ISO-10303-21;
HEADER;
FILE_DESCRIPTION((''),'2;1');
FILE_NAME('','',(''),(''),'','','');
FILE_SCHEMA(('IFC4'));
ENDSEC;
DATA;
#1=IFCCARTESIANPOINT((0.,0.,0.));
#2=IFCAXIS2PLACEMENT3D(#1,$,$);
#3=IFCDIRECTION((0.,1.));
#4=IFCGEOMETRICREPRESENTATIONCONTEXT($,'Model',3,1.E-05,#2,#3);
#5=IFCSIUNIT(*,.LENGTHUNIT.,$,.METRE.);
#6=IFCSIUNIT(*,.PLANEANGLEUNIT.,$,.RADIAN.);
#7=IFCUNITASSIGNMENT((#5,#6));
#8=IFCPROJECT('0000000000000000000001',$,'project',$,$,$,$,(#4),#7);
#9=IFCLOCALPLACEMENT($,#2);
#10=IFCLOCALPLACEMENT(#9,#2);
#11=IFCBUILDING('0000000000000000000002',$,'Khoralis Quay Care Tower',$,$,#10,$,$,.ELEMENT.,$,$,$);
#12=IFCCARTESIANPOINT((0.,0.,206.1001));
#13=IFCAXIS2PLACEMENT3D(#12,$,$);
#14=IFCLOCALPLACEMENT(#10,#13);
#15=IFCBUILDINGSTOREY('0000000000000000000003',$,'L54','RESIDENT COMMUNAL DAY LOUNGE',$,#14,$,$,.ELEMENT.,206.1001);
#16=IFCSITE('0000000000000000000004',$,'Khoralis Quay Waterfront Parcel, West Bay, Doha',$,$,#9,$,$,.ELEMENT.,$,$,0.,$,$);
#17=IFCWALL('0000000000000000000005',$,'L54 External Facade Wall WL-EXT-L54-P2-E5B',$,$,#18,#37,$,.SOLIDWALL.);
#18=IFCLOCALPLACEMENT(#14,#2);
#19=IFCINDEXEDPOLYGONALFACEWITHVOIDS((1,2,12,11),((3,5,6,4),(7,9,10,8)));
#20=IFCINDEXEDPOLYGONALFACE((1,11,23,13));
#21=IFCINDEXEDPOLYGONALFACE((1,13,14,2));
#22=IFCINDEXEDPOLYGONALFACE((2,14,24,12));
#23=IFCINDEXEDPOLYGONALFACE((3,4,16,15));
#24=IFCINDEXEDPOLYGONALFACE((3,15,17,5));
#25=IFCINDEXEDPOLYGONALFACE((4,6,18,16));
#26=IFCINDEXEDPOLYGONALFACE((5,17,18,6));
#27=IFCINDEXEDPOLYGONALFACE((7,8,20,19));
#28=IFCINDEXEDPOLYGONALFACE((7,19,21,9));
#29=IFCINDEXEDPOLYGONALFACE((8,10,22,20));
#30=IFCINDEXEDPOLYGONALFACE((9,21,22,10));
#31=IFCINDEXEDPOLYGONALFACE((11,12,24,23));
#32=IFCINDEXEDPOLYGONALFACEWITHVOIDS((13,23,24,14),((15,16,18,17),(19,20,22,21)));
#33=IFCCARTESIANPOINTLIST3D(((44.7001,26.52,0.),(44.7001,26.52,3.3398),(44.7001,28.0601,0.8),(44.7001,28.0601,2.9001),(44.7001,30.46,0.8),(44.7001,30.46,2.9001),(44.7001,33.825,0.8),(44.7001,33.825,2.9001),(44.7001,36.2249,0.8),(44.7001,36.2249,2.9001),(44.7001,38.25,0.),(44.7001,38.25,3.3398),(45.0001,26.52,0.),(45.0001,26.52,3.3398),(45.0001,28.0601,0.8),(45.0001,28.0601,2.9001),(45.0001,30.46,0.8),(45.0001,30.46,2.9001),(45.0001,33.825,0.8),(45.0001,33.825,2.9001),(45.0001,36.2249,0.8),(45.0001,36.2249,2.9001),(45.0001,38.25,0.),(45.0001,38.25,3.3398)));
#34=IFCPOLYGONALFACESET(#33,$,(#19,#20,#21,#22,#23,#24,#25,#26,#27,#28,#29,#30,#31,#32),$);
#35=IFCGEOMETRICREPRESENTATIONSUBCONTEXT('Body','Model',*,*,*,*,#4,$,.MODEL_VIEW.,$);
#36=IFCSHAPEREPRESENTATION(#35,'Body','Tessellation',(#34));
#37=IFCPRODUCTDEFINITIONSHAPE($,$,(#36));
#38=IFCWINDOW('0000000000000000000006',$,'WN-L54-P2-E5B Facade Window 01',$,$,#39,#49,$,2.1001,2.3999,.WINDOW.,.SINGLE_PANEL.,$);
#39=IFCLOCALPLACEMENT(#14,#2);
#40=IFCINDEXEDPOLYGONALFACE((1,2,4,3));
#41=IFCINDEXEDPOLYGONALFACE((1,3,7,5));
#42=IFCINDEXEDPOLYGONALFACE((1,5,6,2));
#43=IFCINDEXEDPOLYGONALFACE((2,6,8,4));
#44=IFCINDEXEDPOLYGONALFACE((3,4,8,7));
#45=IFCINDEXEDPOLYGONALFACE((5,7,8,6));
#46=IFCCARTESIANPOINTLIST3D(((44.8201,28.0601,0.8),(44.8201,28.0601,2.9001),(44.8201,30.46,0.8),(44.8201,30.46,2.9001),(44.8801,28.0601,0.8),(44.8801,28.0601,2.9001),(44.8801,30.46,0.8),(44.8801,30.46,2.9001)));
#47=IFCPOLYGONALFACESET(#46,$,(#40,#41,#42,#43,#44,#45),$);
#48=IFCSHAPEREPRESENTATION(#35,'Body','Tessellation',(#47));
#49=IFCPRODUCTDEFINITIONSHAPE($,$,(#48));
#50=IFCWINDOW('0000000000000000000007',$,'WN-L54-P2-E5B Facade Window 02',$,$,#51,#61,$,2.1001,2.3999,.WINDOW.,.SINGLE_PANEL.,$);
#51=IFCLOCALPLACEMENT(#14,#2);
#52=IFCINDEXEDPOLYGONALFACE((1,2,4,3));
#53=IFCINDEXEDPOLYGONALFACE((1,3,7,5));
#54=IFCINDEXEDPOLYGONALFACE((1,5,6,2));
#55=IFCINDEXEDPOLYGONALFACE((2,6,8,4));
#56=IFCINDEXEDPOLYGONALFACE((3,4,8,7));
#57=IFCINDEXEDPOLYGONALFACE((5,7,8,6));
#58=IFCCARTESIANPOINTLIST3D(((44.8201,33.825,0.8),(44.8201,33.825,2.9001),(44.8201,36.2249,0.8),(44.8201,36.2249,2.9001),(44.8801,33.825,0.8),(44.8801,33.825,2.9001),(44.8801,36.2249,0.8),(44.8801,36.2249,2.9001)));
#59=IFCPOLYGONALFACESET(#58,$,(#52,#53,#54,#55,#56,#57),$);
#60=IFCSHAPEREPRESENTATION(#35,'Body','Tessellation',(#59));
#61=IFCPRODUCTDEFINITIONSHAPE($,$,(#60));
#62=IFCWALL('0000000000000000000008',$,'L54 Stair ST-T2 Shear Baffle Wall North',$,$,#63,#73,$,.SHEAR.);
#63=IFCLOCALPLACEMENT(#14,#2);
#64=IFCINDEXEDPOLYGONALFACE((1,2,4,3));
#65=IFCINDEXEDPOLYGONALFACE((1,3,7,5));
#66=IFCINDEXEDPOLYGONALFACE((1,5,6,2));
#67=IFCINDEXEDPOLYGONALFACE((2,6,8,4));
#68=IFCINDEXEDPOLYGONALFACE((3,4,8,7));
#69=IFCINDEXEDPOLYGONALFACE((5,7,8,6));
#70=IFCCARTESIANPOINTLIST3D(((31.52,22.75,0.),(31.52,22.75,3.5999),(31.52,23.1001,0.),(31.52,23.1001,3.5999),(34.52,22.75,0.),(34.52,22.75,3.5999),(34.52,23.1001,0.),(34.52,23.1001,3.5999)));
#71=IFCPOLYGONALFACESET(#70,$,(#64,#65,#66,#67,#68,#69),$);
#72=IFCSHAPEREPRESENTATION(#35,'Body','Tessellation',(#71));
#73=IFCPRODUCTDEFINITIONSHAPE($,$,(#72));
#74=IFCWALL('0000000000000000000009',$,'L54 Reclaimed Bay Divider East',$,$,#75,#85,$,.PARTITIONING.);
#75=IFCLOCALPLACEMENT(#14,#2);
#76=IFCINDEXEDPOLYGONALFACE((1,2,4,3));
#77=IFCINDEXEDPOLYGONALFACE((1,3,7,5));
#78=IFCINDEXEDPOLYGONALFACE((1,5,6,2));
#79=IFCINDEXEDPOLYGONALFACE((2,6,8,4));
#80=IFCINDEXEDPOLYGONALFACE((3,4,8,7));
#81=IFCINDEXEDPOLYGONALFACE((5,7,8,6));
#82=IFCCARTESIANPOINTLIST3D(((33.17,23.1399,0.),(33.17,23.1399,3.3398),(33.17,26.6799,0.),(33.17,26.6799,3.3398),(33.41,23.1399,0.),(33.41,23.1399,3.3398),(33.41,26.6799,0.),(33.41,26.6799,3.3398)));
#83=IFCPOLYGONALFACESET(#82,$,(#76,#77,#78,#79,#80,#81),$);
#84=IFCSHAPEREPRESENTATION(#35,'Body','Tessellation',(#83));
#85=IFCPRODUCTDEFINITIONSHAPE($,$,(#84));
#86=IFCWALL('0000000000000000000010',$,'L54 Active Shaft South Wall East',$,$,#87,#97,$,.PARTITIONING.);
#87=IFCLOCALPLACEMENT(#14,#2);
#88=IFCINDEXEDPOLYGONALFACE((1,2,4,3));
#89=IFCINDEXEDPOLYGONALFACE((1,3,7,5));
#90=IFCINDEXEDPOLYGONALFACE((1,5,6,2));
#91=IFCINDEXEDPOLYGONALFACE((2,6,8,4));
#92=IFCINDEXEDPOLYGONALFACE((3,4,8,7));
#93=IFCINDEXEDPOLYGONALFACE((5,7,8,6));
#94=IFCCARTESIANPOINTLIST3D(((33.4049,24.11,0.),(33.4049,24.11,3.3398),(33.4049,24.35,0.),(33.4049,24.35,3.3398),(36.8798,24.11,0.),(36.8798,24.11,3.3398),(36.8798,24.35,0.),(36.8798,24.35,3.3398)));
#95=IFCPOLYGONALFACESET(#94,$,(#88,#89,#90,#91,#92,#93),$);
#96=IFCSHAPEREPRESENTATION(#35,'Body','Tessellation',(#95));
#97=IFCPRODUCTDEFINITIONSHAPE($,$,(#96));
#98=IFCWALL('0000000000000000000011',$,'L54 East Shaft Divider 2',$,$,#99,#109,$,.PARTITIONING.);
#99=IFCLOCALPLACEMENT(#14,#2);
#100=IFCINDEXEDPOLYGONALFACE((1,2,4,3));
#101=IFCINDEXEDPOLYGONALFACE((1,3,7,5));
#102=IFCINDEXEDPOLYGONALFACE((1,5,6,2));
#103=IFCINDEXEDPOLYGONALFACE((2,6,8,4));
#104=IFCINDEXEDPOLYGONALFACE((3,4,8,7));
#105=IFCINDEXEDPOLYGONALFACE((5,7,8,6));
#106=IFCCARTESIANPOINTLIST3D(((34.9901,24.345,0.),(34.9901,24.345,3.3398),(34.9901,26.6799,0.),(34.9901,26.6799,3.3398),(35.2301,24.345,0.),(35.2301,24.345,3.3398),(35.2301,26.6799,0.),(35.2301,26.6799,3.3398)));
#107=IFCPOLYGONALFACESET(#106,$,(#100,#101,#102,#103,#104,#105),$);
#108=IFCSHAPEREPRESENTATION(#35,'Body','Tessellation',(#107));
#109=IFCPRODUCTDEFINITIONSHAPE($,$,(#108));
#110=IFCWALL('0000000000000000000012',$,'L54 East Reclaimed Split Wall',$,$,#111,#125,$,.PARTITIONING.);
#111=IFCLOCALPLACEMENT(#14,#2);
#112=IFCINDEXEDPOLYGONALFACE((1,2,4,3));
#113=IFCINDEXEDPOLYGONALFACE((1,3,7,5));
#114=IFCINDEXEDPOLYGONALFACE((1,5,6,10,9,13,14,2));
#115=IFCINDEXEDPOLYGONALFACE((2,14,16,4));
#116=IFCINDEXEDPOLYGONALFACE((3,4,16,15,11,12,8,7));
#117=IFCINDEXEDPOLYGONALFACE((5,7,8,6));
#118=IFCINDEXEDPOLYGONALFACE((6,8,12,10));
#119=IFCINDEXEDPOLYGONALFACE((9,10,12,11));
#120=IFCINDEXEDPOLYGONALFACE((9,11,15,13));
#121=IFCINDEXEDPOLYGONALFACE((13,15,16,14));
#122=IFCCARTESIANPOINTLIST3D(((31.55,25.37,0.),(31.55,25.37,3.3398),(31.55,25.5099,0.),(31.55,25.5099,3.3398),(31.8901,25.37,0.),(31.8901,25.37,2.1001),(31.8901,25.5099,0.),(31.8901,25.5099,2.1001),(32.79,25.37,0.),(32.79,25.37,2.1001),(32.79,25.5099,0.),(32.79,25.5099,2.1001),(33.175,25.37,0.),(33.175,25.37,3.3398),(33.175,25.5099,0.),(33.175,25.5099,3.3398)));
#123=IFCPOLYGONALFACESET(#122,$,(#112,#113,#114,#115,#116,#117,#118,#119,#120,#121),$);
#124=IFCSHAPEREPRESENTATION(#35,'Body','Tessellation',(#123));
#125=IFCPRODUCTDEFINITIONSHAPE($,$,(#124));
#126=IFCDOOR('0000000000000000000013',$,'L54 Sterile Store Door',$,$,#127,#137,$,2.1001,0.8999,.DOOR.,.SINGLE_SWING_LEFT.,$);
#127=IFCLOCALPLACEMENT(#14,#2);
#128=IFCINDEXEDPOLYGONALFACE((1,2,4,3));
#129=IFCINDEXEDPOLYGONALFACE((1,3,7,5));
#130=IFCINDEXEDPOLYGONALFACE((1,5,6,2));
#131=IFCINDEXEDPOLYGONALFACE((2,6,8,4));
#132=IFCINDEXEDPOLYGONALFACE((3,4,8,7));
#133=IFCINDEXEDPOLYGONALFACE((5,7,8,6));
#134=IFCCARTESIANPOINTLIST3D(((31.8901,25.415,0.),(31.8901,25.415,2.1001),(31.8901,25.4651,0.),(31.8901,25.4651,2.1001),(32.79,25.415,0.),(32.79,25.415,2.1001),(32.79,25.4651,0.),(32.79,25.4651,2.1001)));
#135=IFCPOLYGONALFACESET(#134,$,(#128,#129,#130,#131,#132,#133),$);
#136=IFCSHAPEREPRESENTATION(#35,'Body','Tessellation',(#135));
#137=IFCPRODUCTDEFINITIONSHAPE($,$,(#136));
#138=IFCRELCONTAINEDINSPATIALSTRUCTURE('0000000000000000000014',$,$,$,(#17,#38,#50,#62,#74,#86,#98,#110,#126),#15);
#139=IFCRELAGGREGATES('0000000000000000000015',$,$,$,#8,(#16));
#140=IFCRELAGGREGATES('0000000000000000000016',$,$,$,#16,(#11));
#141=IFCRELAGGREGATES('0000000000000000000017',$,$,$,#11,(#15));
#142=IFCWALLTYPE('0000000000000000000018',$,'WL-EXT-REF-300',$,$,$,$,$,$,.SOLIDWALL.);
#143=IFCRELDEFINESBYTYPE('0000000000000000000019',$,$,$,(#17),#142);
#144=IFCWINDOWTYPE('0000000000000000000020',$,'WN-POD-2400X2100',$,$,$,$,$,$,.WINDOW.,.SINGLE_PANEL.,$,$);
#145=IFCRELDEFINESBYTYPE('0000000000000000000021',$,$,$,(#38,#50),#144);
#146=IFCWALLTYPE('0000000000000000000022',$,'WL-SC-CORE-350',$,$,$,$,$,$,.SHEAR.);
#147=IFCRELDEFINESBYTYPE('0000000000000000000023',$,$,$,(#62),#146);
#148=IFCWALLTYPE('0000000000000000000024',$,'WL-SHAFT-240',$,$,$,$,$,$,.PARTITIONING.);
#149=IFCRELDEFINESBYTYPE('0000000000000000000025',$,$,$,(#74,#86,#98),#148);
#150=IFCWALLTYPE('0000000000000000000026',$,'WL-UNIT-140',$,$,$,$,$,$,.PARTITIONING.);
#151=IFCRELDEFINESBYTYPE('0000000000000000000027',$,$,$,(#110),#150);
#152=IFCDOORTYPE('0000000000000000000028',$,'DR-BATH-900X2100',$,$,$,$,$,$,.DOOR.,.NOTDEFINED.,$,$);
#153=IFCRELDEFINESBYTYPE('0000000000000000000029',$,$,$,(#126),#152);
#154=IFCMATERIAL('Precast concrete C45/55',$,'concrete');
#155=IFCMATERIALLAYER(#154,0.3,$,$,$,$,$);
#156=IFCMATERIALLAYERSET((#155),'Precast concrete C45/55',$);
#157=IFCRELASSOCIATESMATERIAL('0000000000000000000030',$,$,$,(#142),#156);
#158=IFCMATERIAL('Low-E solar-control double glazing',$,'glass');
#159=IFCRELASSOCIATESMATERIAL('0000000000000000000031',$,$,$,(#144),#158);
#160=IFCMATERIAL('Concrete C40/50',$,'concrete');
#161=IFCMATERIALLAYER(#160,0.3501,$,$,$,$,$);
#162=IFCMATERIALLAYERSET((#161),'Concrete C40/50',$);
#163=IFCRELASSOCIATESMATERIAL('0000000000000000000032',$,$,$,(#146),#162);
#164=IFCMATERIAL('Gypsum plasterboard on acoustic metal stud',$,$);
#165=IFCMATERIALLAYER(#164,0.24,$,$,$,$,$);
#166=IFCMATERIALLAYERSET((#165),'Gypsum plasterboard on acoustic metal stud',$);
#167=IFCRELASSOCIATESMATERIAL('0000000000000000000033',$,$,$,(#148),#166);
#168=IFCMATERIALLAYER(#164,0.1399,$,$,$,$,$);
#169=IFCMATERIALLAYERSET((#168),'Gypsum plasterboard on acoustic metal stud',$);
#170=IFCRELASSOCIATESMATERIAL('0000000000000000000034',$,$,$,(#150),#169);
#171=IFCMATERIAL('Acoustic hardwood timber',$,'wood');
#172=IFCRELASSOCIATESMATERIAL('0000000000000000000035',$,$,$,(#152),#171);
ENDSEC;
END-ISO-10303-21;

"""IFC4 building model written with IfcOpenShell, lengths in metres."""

from ifc_helpers import new_model, si_unit, direction, frame, frame_2d, origin, place, context, subcontext, project, spatial, rectangle, extrude, source, transform, mapped, material, layer, layer_set, type_object, element, fill, save


model = new_model("IFC4")

# Units and contexts
model_context = context("Model", 3, precision=1e-05, world=origin(), true_north=direction((0.0, 1.0)))
body_context = subcontext(model_context, "Body", "Model", "MODEL_VIEW")
ifc_project = project(units=[si_unit("LENGTHUNIT", "METRE"), si_unit("PLANEANGLEUNIT", "RADIAN")], contexts=[model_context])

# Site, building, storey
site_placement = place(None, origin())
site = spatial("IfcSite", under=ifc_project, at=site_placement, Name="Khoralis Quay Waterfront Parcel, West Bay, Doha", CompositionType="ELEMENT", RefElevation=0.0)
building_placement = place(site_placement, origin())
building = spatial("IfcBuilding", under=site, at=building_placement, Name="Khoralis Quay Care Tower", CompositionType="ELEMENT")
storey_placement = place(building_placement, frame((0.0, 0.0, 206.1001)))
storey = spatial("IfcBuildingStorey", under=building, at=storey_placement, Name="L54", Description="RESIDENT COMMUNAL DAY LOUNGE", CompositionType="ELEMENT", Elevation=206.1001)

# Shared definitions
ifc_material_1 = material(Name="Low-E solar-control double glazing", Category="glass")

# Shared definitions
ifc_material_2 = material(Name="Acoustic hardwood timber", Category="wood")

# Wall, openings, windows
ifc_material_3 = material(Name="Precast concrete C45/55", Category="concrete")
ifc_layer_1 = layer(ifc_material_3, 0.3)
ifc_layer_set_1 = layer_set([ifc_layer_1], Name="Precast concrete C45/55")
wall_type_1 = type_object("IfcWallType", Name="WL-EXT-REF-300", PredefinedType="SOLIDWALL", material=ifc_layer_set_1)
wall_1_placement = place(storey_placement, frame((44.8501, 26.52, 0.0), z_axis=(0.0, 0.0, 1.0), x_axis=(0.0, 1.0, 0.0)))
wall_1 = element("IfcWall", 1, at=wall_1_placement, inside=storey, type_object=wall_type_1, Name="L54 External Facade Wall WL-EXT-L54-P2-E5B", PredefinedType="SOLIDWALL", context=body_context, shape_type="SweptSolid", body=[
    extrude(rectangle(XDim=11.73, YDim=0.3, at=frame_2d((5.865, 0.0))), origin(), (0.0, 0.0, 1.0), 3.3398),
])
opening_1_placement = place(wall_1_placement, frame((1.54, 0.0, 0.8)))
opening_1 = element("IfcOpeningElement", 2, at=opening_1_placement, cuts=wall_1, PredefinedType="OPENING", context=body_context, shape_type="SweptSolid", body=[
    extrude(rectangle(XDim=2.3999, YDim=2.1001, at=frame_2d((1.2, 1.05))), frame((0.0, 0.1602, 0.0), z_axis=(0.0, -1.0, 0.0), x_axis=(1.0, 0.0, 0.0)), (0.0, 0.0, 1.0), 0.3201),
])
opening_2_placement = place(wall_1_placement, frame((7.3049, 0.0, 0.8)))
opening_2 = element("IfcOpeningElement", 3, at=opening_2_placement, cuts=wall_1, PredefinedType="OPENING", context=body_context, shape_type="SweptSolid", body=[
    extrude(rectangle(XDim=2.3999, YDim=2.1001, at=frame_2d((1.2, 1.05))), frame((0.0, 0.1602, 0.0), z_axis=(0.0, -1.0, 0.0), x_axis=(1.0, 0.0, 0.0)), (0.0, 0.0, 1.0), 0.3201),
])
window_type = type_object("IfcWindowType", Name="WN-POD-2400X2100", PartitioningType="SINGLE_PANEL", PredefinedType="WINDOW", material=ifc_material_1)
shared_shape_1 = source(origin(), body_context, "Body", "SweptSolid", [
    extrude(rectangle(XDim=2.3999, YDim=2.1001, at=frame_2d((1.2, 1.05))), frame((0.0, 0.03, 0.0), z_axis=(0.0, -1.0, 0.0), x_axis=(1.0, 0.0, 0.0)), (0.0, 0.0, 1.0), 0.0601),
])
window_1_placement = place(opening_1_placement, origin())
window_1 = element("IfcWindow", 4, at=window_1_placement, inside=storey, type_object=window_type, Name="WN-L54-P2-E5B Facade Window 01", OverallHeight=2.1001, OverallWidth=2.3999, PartitioningType="SINGLE_PANEL", PredefinedType="WINDOW", context=body_context, shape_type="MappedRepresentation", body=[
    mapped(shared_shape_1, transform((0.0, 0.0, 0.0), scale=1.0)),
])
fill(opening_1, window_1)
window_2_placement = place(opening_2_placement, origin())
window_2 = element("IfcWindow", 5, at=window_2_placement, inside=storey, type_object=window_type, Name="WN-L54-P2-E5B Facade Window 02", OverallHeight=2.1001, OverallWidth=2.3999, PartitioningType="SINGLE_PANEL", PredefinedType="WINDOW", context=body_context, shape_type="MappedRepresentation", body=[
    mapped(shared_shape_1, transform((0.0, 0.0, 0.0), scale=1.0)),
])
fill(opening_2, window_2)

# Walls
ifc_material_4 = material(Name="Concrete C40/50", Category="concrete")
ifc_layer_2 = layer(ifc_material_4, 0.3501)
ifc_layer_set_2 = layer_set([ifc_layer_2], Name="Concrete C40/50")
wall_type_2 = type_object("IfcWallType", Name="WL-SC-CORE-350", PredefinedType="SHEAR", material=ifc_layer_set_2)
wall_2_placement = place(storey_placement, frame((31.52, 22.925, 0.0), z_axis=(0.0, 0.0, 1.0), x_axis=(1.0, 0.0, 0.0)))
element("IfcWall", 6, at=wall_2_placement, inside=storey, type_object=wall_type_2, Name="L54 Stair ST-T2 Shear Baffle Wall North", PredefinedType="SHEAR", context=body_context, shape_type="SweptSolid", body=[
    extrude(rectangle(XDim=3.0, YDim=0.3501, at=frame_2d((1.5, 0.0))), origin(), (0.0, 0.0, 1.0), 3.5999),
])
ifc_material_5 = material(Name="Gypsum plasterboard on acoustic metal stud")
ifc_layer_3 = layer(ifc_material_5, 0.24)
ifc_layer_set_3 = layer_set([ifc_layer_3], Name="Gypsum plasterboard on acoustic metal stud")
wall_type_3 = type_object("IfcWallType", Name="WL-SHAFT-240", PredefinedType="PARTITIONING", material=ifc_layer_set_3)
wall_3_placement = place(storey_placement, frame((33.29, 23.1399, 0.0), z_axis=(0.0, 0.0, 1.0), x_axis=(0.0, 1.0, 0.0)))
element("IfcWall", 7, at=wall_3_placement, inside=storey, type_object=wall_type_3, Name="L54 Reclaimed Bay Divider East", PredefinedType="PARTITIONING", context=body_context, shape_type="SweptSolid", body=[
    extrude(rectangle(XDim=3.54, YDim=0.24, at=frame_2d((1.77, 0.0))), origin(), (0.0, 0.0, 1.0), 3.3398),
])
wall_4_placement = place(storey_placement, frame((33.405, 24.23, 0.0), z_axis=(0.0, 0.0, 1.0), x_axis=(1.0, 0.0, 0.0)))
element("IfcWall", 8, at=wall_4_placement, inside=storey, type_object=wall_type_3, Name="L54 Active Shaft South Wall East", PredefinedType="PARTITIONING", context=body_context, shape_type="SweptSolid", body=[
    extrude(rectangle(XDim=3.4749, YDim=0.24, at=frame_2d((1.7373, 0.0))), origin(), (0.0, 0.0, 1.0), 3.3398),
])
wall_5_placement = place(storey_placement, frame((35.1101, 24.345, 0.0), z_axis=(0.0, 0.0, 1.0), x_axis=(0.0, 1.0, 0.0)))
element("IfcWall", 9, at=wall_5_placement, inside=storey, type_object=wall_type_3, Name="L54 East Shaft Divider 2", PredefinedType="PARTITIONING", context=body_context, shape_type="SweptSolid", body=[
    extrude(rectangle(XDim=2.335, YDim=0.24, at=frame_2d((1.1675, 0.0))), origin(), (0.0, 0.0, 1.0), 3.3398),
])

# Wall, opening, door
ifc_layer_4 = layer(ifc_material_5, 0.1399)
ifc_layer_set_4 = layer_set([ifc_layer_4], Name="Gypsum plasterboard on acoustic metal stud")
wall_type_4 = type_object("IfcWallType", Name="WL-UNIT-140", PredefinedType="PARTITIONING", material=ifc_layer_set_4)
wall_6_placement = place(storey_placement, frame((31.55, 25.4399, 0.0), z_axis=(0.0, 0.0, 1.0), x_axis=(1.0, 0.0, 0.0)))
wall_6 = element("IfcWall", 10, at=wall_6_placement, inside=storey, type_object=wall_type_4, Name="L54 East Reclaimed Split Wall", PredefinedType="PARTITIONING", context=body_context, shape_type="SweptSolid", body=[
    extrude(rectangle(XDim=1.625, YDim=0.1399, at=frame_2d((0.8125, 0.0))), origin(), (0.0, 0.0, 1.0), 3.3398),
])
opening_3_placement = place(wall_6_placement, frame((0.3401, 0.0, 0.0)))
opening_3 = element("IfcOpeningElement", 11, at=opening_3_placement, cuts=wall_6, PredefinedType="OPENING", context=body_context, shape_type="SweptSolid", body=[
    extrude(rectangle(XDim=0.8999, YDim=2.1001, at=frame_2d((0.45, 1.05))), frame((0.0, 0.0801, 0.0), z_axis=(0.0, -1.0, 0.0), x_axis=(1.0, 0.0, 0.0)), (0.0, 0.0, 1.0), 0.1599),
])
door_type_1 = type_object("IfcDoorType", Name="DR-BATH-900X2100", OperationType="NOTDEFINED", PredefinedType="DOOR", material=ifc_material_2)
shared_shape_2 = source(origin(), body_context, "Body", "SweptSolid", [
    extrude(rectangle(XDim=0.8999, YDim=2.1001, at=frame_2d((0.45, 1.05))), frame((0.0, 0.0249, 0.0), z_axis=(0.0, -1.0, 0.0), x_axis=(1.0, 0.0, 0.0)), (0.0, 0.0, 1.0), 0.05),
])
door_1_placement = place(opening_3_placement, frame((0.8999, 0.0, 0.0), z_axis=(0.0, 0.0, 1.0), x_axis=(-1.0, 0.0, 0.0)))
door_1 = element("IfcDoor", 12, at=door_1_placement, inside=storey, type_object=door_type_1, Name="L54 Sterile Store Door", OperationType="SINGLE_SWING_LEFT", OverallHeight=2.1001, OverallWidth=0.8999, PredefinedType="DOOR", context=body_context, shape_type="MappedRepresentation", body=[
    mapped(shared_shape_2, transform((0.0, 0.0, 0.0), scale=1.0)),
])
fill(opening_3, door_1)

save(model, "model.ifc")
